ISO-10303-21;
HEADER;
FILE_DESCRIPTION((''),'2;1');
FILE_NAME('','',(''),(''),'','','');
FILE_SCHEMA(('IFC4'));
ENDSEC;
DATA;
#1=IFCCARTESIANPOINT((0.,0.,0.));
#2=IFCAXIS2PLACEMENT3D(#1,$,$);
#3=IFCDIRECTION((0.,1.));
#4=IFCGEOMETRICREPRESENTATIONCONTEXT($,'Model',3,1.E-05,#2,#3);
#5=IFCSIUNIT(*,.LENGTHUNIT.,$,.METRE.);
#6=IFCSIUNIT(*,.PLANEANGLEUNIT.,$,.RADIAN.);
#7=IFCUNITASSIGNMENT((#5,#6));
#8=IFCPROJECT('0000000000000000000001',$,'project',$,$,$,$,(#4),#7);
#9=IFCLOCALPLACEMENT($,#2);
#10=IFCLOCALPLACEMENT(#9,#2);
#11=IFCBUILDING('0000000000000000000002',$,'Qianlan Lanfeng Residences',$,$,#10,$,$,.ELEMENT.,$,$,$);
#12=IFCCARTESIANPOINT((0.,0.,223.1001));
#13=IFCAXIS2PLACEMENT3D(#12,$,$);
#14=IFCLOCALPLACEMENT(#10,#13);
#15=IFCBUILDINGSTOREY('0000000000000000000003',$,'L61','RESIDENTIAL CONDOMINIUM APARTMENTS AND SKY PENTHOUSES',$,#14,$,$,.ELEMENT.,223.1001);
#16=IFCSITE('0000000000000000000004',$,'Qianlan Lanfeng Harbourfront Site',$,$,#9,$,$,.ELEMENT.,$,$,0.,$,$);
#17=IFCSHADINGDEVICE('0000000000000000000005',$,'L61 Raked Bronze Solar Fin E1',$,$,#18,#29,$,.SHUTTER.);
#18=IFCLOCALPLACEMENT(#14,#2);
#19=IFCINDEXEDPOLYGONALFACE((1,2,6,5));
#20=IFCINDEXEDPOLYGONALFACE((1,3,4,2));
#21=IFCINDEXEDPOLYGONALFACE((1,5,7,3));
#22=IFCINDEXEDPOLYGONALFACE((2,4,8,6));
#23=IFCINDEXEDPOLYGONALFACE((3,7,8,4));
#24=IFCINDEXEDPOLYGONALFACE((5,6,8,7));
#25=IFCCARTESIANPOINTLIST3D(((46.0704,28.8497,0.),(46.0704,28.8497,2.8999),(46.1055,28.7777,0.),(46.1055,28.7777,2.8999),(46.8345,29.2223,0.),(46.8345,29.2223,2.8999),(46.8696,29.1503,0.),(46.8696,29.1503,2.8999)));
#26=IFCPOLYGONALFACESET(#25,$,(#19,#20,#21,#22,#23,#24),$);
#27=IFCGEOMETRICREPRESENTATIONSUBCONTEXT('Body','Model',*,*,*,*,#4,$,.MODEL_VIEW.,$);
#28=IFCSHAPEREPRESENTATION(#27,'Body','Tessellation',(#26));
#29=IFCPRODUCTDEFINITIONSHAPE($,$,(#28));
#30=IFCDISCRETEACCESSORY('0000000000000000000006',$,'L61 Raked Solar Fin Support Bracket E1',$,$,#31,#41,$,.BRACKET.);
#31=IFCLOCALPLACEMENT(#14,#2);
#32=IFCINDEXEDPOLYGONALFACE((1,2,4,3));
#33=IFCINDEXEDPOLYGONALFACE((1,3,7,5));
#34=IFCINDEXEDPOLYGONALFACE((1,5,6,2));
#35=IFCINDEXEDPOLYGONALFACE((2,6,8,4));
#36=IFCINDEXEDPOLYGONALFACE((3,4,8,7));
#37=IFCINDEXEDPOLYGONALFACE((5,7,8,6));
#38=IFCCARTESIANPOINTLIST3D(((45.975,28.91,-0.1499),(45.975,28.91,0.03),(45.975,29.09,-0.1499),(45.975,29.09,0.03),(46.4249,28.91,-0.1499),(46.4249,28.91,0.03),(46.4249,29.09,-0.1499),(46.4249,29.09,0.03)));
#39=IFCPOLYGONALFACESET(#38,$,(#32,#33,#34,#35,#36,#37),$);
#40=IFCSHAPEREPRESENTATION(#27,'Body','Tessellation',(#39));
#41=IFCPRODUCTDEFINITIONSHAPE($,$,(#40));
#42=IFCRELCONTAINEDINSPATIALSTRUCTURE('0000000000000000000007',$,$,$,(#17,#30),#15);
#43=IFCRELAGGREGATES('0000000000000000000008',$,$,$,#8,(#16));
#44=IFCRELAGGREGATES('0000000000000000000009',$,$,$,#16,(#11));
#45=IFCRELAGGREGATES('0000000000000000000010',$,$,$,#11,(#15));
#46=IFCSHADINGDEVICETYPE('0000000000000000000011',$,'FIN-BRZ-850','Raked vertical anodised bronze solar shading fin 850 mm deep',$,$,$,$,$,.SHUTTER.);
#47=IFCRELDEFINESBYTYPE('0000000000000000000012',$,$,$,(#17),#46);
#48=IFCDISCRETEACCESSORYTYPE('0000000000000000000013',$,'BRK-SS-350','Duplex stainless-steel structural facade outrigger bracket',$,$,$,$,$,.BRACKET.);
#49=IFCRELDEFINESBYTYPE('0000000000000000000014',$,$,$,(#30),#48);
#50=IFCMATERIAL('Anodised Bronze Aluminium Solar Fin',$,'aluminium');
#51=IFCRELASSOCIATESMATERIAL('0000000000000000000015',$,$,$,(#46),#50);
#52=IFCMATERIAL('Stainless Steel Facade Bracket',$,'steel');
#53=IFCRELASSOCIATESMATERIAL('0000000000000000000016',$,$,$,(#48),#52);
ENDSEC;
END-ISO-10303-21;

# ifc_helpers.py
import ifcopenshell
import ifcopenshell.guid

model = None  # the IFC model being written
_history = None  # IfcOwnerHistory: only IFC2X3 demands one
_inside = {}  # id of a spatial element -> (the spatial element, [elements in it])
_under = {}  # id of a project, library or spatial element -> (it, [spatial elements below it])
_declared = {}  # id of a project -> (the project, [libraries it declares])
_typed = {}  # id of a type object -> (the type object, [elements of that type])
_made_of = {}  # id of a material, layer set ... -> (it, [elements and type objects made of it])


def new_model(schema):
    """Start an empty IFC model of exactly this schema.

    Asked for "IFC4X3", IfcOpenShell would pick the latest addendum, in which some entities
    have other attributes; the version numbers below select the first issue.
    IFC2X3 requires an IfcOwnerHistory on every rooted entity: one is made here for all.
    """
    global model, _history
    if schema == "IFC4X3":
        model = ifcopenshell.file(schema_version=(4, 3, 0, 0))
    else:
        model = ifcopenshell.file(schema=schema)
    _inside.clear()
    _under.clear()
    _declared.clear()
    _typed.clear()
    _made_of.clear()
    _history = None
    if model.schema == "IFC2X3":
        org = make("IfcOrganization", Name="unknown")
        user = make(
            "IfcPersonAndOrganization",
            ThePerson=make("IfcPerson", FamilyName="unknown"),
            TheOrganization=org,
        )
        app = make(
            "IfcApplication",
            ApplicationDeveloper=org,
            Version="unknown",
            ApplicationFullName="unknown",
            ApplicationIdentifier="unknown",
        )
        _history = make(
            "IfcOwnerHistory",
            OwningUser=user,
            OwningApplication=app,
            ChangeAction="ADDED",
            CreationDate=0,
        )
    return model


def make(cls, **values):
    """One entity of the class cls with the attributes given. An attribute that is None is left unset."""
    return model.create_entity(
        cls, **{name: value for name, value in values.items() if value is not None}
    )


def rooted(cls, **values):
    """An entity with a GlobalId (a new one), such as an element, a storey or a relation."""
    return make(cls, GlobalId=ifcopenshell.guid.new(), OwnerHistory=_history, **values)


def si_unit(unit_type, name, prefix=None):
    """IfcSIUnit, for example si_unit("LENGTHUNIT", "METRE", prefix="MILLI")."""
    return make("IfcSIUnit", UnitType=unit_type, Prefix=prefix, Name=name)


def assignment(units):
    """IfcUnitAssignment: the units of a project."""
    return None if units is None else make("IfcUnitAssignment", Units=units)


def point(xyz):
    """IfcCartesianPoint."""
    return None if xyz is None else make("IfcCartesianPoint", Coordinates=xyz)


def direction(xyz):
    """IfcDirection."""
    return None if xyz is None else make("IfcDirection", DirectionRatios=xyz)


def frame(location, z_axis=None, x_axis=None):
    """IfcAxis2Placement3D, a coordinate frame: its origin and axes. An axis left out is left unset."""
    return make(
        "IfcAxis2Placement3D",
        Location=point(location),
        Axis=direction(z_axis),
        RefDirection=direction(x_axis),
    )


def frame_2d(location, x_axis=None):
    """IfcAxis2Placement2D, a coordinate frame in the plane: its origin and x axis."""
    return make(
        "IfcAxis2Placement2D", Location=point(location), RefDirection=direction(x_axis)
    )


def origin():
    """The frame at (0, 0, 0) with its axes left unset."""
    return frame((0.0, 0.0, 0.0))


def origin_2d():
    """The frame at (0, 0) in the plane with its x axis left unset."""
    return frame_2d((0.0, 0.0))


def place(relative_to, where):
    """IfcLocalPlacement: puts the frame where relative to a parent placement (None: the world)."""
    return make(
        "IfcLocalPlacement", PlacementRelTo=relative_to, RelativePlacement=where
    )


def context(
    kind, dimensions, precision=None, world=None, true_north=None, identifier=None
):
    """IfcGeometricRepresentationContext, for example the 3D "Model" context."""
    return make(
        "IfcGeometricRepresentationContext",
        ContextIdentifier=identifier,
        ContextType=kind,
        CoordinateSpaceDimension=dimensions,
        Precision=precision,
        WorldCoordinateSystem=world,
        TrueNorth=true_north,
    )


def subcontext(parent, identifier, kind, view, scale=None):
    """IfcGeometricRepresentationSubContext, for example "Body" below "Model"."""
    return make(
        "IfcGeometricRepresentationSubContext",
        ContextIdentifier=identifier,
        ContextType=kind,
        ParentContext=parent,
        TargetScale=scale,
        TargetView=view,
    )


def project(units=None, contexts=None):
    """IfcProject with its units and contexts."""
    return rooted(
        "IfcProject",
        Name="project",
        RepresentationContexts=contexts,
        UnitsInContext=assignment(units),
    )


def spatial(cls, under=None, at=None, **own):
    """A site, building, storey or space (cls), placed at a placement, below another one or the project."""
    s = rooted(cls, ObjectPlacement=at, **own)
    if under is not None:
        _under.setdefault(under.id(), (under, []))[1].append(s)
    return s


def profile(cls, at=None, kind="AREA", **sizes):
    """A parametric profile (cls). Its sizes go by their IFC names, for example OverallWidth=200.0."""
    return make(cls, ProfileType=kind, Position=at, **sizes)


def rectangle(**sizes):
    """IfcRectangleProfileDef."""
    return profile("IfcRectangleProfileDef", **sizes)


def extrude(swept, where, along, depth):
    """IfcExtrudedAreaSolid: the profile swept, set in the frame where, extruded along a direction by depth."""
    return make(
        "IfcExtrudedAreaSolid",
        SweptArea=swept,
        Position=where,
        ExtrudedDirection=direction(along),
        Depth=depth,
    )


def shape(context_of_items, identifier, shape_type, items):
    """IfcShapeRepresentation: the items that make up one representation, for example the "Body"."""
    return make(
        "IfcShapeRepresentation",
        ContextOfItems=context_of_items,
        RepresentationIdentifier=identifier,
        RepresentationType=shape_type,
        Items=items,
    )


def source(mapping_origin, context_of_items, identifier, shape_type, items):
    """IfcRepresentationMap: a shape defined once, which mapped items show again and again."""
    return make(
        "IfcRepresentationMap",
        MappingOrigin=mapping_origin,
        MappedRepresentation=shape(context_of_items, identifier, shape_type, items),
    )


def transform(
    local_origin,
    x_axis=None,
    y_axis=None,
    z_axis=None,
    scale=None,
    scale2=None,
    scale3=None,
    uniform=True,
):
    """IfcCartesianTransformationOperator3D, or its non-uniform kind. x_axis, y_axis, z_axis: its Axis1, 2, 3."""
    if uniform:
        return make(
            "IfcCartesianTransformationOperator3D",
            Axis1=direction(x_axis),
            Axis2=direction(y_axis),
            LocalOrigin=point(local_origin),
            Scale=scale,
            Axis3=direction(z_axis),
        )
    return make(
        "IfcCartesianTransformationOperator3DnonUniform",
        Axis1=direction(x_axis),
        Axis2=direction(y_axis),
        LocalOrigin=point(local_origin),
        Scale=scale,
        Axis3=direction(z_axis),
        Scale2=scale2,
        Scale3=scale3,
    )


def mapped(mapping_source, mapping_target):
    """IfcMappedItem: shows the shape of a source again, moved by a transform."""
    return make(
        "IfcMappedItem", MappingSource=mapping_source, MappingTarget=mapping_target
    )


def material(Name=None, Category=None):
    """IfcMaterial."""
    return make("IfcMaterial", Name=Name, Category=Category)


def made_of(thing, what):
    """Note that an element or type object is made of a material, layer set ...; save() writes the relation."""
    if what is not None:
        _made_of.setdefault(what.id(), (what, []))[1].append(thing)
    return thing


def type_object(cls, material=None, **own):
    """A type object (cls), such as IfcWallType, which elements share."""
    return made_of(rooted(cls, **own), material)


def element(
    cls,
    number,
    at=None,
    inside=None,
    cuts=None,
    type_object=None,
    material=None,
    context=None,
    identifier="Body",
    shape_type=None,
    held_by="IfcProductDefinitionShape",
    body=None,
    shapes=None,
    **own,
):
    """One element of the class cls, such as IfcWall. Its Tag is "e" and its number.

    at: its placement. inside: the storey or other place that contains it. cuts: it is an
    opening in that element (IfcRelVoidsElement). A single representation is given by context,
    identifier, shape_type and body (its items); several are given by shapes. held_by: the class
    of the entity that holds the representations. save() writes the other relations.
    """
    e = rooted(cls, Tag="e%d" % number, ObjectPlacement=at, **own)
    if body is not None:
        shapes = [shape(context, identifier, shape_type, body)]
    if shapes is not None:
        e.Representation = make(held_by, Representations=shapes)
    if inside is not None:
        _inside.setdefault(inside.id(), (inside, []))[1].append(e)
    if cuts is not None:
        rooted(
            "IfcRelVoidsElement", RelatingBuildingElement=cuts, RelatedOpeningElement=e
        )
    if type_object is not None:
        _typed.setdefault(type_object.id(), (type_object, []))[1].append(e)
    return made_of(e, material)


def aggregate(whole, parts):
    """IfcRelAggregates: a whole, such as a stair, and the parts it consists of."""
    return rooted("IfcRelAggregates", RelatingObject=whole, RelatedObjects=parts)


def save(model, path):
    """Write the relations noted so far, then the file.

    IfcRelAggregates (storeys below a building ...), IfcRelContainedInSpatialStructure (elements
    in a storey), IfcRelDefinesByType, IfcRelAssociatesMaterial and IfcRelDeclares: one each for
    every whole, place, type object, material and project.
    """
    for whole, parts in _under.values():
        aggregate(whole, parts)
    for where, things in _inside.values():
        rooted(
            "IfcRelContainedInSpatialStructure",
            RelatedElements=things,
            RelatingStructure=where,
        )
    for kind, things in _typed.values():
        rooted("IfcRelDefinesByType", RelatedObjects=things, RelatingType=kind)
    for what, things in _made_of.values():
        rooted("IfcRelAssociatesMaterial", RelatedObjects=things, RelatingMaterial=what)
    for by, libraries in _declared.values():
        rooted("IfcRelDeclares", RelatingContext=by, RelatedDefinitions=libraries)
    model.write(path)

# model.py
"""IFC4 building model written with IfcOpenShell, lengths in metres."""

from ifc_helpers import new_model, si_unit, direction, frame, origin, origin_2d, place, context, subcontext, project, spatial, rectangle, extrude, source, transform, mapped, material, type_object, element, save


model = new_model("IFC4")

# Units and contexts
model_context = context("Model", 3, precision=1e-05, world=origin(), true_north=direction((0.0, 1.0)))
body_context = subcontext(model_context, "Body", "Model", "MODEL_VIEW")
ifc_project = project(units=[si_unit("LENGTHUNIT", "METRE"), si_unit("PLANEANGLEUNIT", "RADIAN")], contexts=[model_context])

# Site, building, storey
site_placement = place(None, origin())
site = spatial("IfcSite", under=ifc_project, at=site_placement, Name="Qianlan Lanfeng Harbourfront Site", CompositionType="ELEMENT", RefElevation=0.0)
building_placement = place(site_placement, origin())
building = spatial("IfcBuilding", under=site, at=building_placement, Name="Qianlan Lanfeng Residences", CompositionType="ELEMENT")
storey_placement = place(building_placement, frame((0.0, 0.0, 223.1001)))
storey = spatial("IfcBuildingStorey", under=building, at=storey_placement, Name="L61", Description="RESIDENTIAL CONDOMINIUM APARTMENTS AND SKY PENTHOUSES", CompositionType="ELEMENT", Elevation=223.1001)

# Shading device
ifc_material_1 = material(Name="Anodised Bronze Aluminium Solar Fin", Category="aluminium")
shading_device_type = type_object("IfcShadingDeviceType", Name="FIN-BRZ-850", Description="Raked vertical anodised bronze solar shading fin 850 mm deep", PredefinedType="SHUTTER", material=ifc_material_1)
shared_shape_1 = source(origin(), body_context, "Body", "SweptSolid", [
    extrude(rectangle(XDim=0.8501, YDim=0.0801, at=origin_2d()), origin(), (0.0, 0.0, 1.0), 2.8999),
])
shading_device_placement = place(storey_placement, frame((46.47, 29.0, 0.0), z_axis=(0.0, 0.0, 1.0), x_axis=(0.898794, 0.438371, 0.0)))
element("IfcShadingDevice", 1, at=shading_device_placement, inside=storey, type_object=shading_device_type, Name="L61 Raked Bronze Solar Fin E1", PredefinedType="SHUTTER", context=body_context, shape_type="MappedRepresentation", body=[
    mapped(shared_shape_1, transform((0.0, 0.0, 0.0), scale=1.0)),
])

# Discrete accessory
ifc_material_2 = material(Name="Stainless Steel Facade Bracket", Category="steel")
discrete_accessory_type = type_object("IfcDiscreteAccessoryType", Name="BRK-SS-350", Description="Duplex stainless-steel structural facade outrigger bracket", PredefinedType="BRACKET", material=ifc_material_2)
shared_shape_2 = source(origin(), body_context, "Body", "SweptSolid", [
    extrude(rectangle(XDim=0.45, YDim=0.1799, at=origin_2d()), origin(), (0.0, 0.0, 1.0), 0.1799),
])
discrete_accessory_placement = place(storey_placement, frame((46.2, 29.0, -0.1499), z_axis=(0.0, 0.0, 1.0), x_axis=(1.0, 0.0, 0.0)))
element("IfcDiscreteAccessory", 2, at=discrete_accessory_placement, inside=storey, type_object=discrete_accessory_type, Name="L61 Raked Solar Fin Support Bracket E1", PredefinedType="BRACKET", context=body_context, shape_type="MappedRepresentation", body=[
    mapped(shared_shape_2, transform((0.0, 0.0, 0.0), scale=1.0)),
])

save(model, "model.ifc")
